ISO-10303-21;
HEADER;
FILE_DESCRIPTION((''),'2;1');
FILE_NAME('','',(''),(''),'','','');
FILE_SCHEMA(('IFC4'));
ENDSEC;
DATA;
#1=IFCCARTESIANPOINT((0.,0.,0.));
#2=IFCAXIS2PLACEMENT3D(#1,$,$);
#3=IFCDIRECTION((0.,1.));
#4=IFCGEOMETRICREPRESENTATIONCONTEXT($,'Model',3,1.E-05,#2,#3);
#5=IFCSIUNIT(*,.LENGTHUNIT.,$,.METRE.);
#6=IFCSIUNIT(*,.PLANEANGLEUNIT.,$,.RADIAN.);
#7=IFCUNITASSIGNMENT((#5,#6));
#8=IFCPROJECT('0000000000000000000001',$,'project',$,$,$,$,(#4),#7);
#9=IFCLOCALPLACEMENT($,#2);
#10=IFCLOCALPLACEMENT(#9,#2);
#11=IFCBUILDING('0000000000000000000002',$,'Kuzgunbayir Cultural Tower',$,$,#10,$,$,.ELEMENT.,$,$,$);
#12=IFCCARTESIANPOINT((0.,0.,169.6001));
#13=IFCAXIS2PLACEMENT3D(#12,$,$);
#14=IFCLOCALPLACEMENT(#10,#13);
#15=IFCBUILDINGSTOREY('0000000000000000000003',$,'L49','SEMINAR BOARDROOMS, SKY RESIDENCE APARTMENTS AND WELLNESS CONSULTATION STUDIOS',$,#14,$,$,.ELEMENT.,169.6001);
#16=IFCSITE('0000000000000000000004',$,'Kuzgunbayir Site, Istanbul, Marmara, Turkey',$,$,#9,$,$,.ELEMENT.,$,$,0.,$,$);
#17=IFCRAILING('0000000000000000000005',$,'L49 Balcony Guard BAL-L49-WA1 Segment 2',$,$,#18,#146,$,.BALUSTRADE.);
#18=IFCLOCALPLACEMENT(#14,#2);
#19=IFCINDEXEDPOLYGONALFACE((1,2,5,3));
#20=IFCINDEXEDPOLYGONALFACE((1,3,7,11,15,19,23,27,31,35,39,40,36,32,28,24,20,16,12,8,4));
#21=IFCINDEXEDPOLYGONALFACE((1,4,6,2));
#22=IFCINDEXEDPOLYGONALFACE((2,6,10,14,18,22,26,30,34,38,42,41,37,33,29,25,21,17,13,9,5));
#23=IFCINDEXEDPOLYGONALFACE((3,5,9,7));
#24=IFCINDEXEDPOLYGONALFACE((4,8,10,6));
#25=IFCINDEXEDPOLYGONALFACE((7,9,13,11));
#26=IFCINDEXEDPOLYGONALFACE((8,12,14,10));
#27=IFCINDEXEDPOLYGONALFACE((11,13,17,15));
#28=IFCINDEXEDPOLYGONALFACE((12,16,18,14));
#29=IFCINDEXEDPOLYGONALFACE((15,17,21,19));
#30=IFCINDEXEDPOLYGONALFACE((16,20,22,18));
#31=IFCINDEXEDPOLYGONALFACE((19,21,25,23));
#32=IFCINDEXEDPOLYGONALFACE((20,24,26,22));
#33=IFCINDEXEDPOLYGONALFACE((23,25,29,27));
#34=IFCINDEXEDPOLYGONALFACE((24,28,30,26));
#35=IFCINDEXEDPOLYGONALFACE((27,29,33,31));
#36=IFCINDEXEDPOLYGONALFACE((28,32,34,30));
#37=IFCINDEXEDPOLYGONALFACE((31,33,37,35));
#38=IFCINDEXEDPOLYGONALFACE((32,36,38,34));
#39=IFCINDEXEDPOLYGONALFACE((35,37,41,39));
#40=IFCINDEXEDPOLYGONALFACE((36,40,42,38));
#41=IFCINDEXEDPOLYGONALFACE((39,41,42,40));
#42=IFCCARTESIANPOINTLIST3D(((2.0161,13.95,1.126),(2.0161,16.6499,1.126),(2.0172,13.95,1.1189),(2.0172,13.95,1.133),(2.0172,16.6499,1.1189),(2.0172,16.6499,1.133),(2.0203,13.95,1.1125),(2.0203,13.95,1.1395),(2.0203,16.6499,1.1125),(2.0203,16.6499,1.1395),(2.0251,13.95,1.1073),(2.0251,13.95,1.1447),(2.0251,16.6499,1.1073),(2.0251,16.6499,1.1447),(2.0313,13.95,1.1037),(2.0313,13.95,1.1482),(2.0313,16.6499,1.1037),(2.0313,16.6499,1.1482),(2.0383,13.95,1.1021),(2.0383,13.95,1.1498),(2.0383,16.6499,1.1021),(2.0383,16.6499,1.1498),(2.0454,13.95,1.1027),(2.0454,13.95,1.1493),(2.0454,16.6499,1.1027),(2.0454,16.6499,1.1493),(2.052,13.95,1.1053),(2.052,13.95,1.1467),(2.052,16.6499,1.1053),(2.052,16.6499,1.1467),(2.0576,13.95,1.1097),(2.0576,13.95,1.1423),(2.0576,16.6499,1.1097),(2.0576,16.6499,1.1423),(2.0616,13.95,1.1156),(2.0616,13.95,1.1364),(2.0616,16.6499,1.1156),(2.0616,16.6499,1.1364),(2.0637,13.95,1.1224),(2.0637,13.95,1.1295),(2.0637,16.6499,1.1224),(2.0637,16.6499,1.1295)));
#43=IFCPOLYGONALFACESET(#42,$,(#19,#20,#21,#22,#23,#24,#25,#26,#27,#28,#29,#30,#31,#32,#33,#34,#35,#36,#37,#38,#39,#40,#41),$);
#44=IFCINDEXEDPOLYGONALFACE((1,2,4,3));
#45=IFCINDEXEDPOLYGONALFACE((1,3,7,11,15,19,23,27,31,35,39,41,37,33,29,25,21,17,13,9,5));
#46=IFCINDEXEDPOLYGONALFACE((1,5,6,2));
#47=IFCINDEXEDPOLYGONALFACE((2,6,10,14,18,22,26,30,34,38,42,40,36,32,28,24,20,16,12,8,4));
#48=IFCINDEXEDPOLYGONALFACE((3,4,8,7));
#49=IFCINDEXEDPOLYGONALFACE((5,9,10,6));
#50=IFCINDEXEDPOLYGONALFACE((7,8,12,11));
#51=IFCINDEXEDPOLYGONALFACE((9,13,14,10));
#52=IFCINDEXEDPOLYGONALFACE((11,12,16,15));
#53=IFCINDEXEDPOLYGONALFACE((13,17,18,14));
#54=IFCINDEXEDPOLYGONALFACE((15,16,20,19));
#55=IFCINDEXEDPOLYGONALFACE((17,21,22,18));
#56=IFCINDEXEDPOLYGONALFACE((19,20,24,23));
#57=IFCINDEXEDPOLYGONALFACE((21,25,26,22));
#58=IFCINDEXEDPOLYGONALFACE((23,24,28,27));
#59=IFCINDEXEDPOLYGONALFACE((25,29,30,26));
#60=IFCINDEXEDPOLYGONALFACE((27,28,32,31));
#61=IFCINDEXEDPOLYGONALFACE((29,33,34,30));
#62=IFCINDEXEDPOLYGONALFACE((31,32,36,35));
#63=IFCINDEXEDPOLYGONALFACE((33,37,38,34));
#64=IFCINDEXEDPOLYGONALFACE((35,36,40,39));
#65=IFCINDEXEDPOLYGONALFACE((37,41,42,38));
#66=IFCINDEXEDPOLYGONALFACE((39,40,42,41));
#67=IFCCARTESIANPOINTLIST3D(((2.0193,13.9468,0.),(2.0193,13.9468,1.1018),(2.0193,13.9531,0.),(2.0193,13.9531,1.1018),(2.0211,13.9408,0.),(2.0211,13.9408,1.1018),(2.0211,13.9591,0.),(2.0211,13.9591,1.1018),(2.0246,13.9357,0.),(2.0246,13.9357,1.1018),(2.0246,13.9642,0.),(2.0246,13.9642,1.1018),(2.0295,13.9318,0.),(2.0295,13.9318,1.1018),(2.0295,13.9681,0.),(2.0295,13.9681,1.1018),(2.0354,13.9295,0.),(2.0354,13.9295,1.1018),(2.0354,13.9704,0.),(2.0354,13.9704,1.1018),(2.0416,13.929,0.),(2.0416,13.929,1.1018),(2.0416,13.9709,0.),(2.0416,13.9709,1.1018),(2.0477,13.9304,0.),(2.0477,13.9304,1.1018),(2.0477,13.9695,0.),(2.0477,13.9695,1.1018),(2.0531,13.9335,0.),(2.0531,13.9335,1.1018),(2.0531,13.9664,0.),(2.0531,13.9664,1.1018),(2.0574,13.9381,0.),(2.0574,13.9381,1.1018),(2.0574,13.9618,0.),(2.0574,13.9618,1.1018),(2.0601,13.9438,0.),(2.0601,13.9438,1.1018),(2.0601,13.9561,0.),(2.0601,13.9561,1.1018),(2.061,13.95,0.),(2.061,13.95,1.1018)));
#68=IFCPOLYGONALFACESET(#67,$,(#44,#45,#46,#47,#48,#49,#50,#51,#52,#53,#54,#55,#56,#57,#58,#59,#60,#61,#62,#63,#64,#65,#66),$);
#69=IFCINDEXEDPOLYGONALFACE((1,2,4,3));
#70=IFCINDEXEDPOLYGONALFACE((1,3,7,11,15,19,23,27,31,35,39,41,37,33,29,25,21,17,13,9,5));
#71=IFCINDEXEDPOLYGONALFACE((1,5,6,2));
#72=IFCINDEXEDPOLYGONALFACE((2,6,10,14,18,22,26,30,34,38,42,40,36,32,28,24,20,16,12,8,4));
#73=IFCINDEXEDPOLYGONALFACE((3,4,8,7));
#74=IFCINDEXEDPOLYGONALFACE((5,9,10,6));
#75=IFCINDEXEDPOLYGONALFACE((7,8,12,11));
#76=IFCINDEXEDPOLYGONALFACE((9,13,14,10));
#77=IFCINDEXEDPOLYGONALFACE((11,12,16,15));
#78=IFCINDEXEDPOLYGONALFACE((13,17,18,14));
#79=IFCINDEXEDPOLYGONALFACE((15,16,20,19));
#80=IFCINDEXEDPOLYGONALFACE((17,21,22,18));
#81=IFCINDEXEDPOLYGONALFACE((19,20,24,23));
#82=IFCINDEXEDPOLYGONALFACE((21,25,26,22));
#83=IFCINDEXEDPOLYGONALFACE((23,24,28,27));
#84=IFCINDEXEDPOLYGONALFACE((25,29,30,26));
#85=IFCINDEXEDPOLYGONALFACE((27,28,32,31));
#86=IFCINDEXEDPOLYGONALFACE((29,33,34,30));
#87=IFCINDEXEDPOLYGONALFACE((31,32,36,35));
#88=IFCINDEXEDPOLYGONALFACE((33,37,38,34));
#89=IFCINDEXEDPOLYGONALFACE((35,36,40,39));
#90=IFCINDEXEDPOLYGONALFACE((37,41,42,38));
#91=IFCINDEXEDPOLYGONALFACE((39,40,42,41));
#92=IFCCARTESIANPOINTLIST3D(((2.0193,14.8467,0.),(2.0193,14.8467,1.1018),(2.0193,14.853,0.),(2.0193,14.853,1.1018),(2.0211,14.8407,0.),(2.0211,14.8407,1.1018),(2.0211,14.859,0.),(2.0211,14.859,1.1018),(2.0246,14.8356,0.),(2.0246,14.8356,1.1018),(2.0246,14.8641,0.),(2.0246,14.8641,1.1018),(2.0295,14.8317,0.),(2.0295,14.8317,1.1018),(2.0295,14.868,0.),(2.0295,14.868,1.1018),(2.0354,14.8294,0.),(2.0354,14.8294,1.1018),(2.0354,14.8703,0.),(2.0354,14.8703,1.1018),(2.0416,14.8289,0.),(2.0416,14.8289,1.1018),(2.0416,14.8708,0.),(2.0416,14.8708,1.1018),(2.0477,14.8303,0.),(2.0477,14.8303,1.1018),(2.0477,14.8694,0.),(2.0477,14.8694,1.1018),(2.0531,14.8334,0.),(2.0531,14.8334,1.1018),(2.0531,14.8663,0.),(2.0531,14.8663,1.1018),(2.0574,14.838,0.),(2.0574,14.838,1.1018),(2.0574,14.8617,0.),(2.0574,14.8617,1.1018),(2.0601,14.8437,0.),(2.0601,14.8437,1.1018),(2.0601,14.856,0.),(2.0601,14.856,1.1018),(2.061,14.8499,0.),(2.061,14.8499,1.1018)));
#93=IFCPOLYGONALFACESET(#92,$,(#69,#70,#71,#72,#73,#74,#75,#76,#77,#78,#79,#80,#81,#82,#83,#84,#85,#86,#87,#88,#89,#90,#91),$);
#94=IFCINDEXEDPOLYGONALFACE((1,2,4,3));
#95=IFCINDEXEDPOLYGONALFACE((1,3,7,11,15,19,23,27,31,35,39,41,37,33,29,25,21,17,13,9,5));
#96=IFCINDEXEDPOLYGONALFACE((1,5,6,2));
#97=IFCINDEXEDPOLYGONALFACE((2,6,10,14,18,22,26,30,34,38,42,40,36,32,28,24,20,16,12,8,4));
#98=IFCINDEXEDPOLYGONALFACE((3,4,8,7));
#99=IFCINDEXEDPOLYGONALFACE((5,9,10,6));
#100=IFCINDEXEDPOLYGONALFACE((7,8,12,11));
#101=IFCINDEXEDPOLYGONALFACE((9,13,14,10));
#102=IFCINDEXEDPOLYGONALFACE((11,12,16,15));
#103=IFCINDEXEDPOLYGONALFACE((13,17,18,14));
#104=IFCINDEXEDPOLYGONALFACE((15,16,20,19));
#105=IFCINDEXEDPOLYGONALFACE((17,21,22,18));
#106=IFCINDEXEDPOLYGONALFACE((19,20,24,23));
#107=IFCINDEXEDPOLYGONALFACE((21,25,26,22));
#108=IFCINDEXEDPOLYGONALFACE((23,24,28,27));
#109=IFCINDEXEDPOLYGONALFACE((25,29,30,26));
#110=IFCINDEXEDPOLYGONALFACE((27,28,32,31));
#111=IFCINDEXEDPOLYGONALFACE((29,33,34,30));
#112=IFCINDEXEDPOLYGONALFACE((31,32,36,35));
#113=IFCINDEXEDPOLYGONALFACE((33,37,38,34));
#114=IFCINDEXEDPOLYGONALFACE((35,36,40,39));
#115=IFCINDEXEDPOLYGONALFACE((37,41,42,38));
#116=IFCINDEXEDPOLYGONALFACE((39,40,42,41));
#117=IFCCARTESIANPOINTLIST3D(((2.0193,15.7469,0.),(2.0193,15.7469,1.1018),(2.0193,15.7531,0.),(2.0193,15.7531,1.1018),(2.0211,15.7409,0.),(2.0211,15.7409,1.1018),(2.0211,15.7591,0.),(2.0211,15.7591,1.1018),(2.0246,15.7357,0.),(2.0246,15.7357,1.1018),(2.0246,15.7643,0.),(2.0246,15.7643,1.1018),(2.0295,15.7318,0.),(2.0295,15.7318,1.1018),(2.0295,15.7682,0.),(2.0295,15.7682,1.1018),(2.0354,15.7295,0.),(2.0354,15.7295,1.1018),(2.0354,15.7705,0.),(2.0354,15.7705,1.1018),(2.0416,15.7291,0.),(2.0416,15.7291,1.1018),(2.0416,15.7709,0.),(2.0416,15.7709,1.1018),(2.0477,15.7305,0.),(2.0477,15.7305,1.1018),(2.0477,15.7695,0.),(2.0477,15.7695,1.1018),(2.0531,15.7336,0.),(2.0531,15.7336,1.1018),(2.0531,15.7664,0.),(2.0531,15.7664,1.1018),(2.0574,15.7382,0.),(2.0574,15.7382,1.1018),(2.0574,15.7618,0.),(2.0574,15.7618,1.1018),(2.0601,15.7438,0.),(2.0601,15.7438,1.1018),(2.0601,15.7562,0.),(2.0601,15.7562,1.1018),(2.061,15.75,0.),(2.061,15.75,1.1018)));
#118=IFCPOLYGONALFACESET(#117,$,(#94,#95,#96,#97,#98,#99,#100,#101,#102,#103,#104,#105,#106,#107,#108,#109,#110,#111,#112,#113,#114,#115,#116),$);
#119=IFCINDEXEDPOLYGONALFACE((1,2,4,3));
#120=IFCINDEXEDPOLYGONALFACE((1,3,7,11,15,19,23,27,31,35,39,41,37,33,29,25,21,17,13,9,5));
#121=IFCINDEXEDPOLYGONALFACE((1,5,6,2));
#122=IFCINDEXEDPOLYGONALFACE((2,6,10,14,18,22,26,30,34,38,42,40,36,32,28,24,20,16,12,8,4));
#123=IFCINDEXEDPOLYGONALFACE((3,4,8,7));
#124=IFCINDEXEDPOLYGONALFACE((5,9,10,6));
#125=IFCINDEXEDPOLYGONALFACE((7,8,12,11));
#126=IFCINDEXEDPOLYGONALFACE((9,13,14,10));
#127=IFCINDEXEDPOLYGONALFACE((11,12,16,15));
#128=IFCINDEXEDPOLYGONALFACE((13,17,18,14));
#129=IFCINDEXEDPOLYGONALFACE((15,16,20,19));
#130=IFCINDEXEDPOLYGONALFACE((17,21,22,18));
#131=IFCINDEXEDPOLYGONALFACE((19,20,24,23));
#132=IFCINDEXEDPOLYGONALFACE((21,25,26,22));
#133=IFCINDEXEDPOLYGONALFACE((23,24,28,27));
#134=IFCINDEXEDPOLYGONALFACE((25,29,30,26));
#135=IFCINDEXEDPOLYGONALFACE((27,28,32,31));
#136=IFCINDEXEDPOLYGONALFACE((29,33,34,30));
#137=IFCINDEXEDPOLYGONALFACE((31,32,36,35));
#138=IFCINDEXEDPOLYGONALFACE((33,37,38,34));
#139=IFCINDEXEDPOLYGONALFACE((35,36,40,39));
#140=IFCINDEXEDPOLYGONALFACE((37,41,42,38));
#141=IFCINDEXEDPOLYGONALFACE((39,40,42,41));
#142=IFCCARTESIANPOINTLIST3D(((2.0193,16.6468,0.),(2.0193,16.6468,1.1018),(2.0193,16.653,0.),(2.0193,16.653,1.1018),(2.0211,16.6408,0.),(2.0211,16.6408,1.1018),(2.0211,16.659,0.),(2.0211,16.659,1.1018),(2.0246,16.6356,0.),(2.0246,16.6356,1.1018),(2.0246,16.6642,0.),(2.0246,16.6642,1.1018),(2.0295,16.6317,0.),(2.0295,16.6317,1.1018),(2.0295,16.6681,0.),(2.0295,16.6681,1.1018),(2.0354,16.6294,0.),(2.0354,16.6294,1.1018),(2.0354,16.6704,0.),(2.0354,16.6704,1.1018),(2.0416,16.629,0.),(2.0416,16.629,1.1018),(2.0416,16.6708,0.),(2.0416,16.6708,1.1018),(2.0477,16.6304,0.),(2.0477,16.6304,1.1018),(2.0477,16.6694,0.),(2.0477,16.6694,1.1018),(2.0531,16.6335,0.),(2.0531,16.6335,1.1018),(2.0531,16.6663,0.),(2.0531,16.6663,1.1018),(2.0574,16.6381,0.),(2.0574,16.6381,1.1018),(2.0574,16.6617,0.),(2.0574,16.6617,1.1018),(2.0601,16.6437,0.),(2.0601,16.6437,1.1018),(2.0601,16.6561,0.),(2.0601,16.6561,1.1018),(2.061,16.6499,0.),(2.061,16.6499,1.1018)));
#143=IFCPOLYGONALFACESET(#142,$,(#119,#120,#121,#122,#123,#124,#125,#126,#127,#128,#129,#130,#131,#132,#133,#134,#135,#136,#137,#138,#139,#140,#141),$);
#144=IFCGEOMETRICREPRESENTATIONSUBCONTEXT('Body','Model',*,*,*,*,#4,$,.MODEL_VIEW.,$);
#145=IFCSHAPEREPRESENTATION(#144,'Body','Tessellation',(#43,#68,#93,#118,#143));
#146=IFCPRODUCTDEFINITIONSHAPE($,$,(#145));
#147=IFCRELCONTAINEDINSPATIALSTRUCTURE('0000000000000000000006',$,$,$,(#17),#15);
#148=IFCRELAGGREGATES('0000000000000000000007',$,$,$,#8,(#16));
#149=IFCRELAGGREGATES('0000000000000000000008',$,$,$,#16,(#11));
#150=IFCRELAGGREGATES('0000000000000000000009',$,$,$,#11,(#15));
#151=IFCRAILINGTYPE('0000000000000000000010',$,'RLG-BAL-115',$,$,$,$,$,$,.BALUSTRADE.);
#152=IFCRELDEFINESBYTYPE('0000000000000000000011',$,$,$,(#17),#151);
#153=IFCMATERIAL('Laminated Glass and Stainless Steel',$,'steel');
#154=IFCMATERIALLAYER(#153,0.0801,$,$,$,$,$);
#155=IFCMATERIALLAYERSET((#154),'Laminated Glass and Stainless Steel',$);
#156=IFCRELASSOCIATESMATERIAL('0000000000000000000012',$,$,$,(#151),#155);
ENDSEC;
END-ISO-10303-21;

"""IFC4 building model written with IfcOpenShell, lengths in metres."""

from ifc_helpers import new_model, si_unit, direction, frame, origin, origin_2d, place, context, subcontext, project, spatial, circle, extrude, material, layer, layer_set, type_object, element, save


model = new_model("IFC4")

# Units and contexts
model_context = context("Model", 3, precision=1e-05, world=origin(), true_north=direction((0.0, 1.0)))
body_context = subcontext(model_context, "Body", "Model", "MODEL_VIEW")
ifc_project = project(units=[si_unit("LENGTHUNIT", "METRE"), si_unit("PLANEANGLEUNIT", "RADIAN")], contexts=[model_context])

# Site, building, storey
site_placement = place(None, origin())
site = spatial("IfcSite", under=ifc_project, at=site_placement, Name="Kuzgunbayir Site, Istanbul, Marmara, Turkey", CompositionType="ELEMENT", RefElevation=0.0)
building_placement = place(site_placement, origin())
building = spatial("IfcBuilding", under=site, at=building_placement, Name="Kuzgunbayir Cultural Tower", CompositionType="ELEMENT")
storey_placement = place(building_placement, frame((0.0, 0.0, 169.6001)))
storey = spatial("IfcBuildingStorey", under=building, at=storey_placement, Name="L49", Description="SEMINAR BOARDROOMS, SKY RESIDENCE APARTMENTS AND WELLNESS CONSULTATION STUDIOS", CompositionType="ELEMENT", Elevation=169.6001)

# Railing
ifc_material_1 = material(Name="Laminated Glass and Stainless Steel", Category="steel")
ifc_layer_1 = layer(ifc_material_1, 0.0801)
ifc_layer_set_1 = layer_set([ifc_layer_1], Name="Laminated Glass and Stainless Steel")
railing_type = type_object("IfcRailingType", Name="RLG-BAL-115", PredefinedType="BALUSTRADE", material=ifc_layer_set_1)
railing_1_placement = place(storey_placement, frame((2.04, 13.95, 0.0)))
element("IfcRailing", 1, at=railing_1_placement, inside=storey, type_object=railing_type, Name="L49 Balcony Guard BAL-L49-WA1 Segment 2", PredefinedType="BALUSTRADE", context=body_context, shape_type="SweptSolid", body=[
    extrude(circle(Radius=0.0239, at=origin_2d()), frame((0.0, 0.0, 1.126), z_axis=(0.0, 1.0, 0.0), x_axis=(-1.0, 0.0, 0.0)), (0.0, 0.0, 1.0), 2.7),
    extrude(circle(Radius=0.021, at=origin_2d()), origin(), (0.0, 0.0, 1.0), 1.1018),
    extrude(circle(Radius=0.021, at=origin_2d()), frame((0.0, 0.8999, 0.0)), (0.0, 0.0, 1.0), 1.1018),
    extrude(circle(Radius=0.021, at=origin_2d()), frame((0.0, 1.8, 0.0)), (0.0, 0.0, 1.0), 1.1018),
    extrude(circle(Radius=0.021, at=origin_2d()), frame((0.0, 2.7, 0.0)), (0.0, 0.0, 1.0), 1.1018),
])

save(model, "model.ifc")
